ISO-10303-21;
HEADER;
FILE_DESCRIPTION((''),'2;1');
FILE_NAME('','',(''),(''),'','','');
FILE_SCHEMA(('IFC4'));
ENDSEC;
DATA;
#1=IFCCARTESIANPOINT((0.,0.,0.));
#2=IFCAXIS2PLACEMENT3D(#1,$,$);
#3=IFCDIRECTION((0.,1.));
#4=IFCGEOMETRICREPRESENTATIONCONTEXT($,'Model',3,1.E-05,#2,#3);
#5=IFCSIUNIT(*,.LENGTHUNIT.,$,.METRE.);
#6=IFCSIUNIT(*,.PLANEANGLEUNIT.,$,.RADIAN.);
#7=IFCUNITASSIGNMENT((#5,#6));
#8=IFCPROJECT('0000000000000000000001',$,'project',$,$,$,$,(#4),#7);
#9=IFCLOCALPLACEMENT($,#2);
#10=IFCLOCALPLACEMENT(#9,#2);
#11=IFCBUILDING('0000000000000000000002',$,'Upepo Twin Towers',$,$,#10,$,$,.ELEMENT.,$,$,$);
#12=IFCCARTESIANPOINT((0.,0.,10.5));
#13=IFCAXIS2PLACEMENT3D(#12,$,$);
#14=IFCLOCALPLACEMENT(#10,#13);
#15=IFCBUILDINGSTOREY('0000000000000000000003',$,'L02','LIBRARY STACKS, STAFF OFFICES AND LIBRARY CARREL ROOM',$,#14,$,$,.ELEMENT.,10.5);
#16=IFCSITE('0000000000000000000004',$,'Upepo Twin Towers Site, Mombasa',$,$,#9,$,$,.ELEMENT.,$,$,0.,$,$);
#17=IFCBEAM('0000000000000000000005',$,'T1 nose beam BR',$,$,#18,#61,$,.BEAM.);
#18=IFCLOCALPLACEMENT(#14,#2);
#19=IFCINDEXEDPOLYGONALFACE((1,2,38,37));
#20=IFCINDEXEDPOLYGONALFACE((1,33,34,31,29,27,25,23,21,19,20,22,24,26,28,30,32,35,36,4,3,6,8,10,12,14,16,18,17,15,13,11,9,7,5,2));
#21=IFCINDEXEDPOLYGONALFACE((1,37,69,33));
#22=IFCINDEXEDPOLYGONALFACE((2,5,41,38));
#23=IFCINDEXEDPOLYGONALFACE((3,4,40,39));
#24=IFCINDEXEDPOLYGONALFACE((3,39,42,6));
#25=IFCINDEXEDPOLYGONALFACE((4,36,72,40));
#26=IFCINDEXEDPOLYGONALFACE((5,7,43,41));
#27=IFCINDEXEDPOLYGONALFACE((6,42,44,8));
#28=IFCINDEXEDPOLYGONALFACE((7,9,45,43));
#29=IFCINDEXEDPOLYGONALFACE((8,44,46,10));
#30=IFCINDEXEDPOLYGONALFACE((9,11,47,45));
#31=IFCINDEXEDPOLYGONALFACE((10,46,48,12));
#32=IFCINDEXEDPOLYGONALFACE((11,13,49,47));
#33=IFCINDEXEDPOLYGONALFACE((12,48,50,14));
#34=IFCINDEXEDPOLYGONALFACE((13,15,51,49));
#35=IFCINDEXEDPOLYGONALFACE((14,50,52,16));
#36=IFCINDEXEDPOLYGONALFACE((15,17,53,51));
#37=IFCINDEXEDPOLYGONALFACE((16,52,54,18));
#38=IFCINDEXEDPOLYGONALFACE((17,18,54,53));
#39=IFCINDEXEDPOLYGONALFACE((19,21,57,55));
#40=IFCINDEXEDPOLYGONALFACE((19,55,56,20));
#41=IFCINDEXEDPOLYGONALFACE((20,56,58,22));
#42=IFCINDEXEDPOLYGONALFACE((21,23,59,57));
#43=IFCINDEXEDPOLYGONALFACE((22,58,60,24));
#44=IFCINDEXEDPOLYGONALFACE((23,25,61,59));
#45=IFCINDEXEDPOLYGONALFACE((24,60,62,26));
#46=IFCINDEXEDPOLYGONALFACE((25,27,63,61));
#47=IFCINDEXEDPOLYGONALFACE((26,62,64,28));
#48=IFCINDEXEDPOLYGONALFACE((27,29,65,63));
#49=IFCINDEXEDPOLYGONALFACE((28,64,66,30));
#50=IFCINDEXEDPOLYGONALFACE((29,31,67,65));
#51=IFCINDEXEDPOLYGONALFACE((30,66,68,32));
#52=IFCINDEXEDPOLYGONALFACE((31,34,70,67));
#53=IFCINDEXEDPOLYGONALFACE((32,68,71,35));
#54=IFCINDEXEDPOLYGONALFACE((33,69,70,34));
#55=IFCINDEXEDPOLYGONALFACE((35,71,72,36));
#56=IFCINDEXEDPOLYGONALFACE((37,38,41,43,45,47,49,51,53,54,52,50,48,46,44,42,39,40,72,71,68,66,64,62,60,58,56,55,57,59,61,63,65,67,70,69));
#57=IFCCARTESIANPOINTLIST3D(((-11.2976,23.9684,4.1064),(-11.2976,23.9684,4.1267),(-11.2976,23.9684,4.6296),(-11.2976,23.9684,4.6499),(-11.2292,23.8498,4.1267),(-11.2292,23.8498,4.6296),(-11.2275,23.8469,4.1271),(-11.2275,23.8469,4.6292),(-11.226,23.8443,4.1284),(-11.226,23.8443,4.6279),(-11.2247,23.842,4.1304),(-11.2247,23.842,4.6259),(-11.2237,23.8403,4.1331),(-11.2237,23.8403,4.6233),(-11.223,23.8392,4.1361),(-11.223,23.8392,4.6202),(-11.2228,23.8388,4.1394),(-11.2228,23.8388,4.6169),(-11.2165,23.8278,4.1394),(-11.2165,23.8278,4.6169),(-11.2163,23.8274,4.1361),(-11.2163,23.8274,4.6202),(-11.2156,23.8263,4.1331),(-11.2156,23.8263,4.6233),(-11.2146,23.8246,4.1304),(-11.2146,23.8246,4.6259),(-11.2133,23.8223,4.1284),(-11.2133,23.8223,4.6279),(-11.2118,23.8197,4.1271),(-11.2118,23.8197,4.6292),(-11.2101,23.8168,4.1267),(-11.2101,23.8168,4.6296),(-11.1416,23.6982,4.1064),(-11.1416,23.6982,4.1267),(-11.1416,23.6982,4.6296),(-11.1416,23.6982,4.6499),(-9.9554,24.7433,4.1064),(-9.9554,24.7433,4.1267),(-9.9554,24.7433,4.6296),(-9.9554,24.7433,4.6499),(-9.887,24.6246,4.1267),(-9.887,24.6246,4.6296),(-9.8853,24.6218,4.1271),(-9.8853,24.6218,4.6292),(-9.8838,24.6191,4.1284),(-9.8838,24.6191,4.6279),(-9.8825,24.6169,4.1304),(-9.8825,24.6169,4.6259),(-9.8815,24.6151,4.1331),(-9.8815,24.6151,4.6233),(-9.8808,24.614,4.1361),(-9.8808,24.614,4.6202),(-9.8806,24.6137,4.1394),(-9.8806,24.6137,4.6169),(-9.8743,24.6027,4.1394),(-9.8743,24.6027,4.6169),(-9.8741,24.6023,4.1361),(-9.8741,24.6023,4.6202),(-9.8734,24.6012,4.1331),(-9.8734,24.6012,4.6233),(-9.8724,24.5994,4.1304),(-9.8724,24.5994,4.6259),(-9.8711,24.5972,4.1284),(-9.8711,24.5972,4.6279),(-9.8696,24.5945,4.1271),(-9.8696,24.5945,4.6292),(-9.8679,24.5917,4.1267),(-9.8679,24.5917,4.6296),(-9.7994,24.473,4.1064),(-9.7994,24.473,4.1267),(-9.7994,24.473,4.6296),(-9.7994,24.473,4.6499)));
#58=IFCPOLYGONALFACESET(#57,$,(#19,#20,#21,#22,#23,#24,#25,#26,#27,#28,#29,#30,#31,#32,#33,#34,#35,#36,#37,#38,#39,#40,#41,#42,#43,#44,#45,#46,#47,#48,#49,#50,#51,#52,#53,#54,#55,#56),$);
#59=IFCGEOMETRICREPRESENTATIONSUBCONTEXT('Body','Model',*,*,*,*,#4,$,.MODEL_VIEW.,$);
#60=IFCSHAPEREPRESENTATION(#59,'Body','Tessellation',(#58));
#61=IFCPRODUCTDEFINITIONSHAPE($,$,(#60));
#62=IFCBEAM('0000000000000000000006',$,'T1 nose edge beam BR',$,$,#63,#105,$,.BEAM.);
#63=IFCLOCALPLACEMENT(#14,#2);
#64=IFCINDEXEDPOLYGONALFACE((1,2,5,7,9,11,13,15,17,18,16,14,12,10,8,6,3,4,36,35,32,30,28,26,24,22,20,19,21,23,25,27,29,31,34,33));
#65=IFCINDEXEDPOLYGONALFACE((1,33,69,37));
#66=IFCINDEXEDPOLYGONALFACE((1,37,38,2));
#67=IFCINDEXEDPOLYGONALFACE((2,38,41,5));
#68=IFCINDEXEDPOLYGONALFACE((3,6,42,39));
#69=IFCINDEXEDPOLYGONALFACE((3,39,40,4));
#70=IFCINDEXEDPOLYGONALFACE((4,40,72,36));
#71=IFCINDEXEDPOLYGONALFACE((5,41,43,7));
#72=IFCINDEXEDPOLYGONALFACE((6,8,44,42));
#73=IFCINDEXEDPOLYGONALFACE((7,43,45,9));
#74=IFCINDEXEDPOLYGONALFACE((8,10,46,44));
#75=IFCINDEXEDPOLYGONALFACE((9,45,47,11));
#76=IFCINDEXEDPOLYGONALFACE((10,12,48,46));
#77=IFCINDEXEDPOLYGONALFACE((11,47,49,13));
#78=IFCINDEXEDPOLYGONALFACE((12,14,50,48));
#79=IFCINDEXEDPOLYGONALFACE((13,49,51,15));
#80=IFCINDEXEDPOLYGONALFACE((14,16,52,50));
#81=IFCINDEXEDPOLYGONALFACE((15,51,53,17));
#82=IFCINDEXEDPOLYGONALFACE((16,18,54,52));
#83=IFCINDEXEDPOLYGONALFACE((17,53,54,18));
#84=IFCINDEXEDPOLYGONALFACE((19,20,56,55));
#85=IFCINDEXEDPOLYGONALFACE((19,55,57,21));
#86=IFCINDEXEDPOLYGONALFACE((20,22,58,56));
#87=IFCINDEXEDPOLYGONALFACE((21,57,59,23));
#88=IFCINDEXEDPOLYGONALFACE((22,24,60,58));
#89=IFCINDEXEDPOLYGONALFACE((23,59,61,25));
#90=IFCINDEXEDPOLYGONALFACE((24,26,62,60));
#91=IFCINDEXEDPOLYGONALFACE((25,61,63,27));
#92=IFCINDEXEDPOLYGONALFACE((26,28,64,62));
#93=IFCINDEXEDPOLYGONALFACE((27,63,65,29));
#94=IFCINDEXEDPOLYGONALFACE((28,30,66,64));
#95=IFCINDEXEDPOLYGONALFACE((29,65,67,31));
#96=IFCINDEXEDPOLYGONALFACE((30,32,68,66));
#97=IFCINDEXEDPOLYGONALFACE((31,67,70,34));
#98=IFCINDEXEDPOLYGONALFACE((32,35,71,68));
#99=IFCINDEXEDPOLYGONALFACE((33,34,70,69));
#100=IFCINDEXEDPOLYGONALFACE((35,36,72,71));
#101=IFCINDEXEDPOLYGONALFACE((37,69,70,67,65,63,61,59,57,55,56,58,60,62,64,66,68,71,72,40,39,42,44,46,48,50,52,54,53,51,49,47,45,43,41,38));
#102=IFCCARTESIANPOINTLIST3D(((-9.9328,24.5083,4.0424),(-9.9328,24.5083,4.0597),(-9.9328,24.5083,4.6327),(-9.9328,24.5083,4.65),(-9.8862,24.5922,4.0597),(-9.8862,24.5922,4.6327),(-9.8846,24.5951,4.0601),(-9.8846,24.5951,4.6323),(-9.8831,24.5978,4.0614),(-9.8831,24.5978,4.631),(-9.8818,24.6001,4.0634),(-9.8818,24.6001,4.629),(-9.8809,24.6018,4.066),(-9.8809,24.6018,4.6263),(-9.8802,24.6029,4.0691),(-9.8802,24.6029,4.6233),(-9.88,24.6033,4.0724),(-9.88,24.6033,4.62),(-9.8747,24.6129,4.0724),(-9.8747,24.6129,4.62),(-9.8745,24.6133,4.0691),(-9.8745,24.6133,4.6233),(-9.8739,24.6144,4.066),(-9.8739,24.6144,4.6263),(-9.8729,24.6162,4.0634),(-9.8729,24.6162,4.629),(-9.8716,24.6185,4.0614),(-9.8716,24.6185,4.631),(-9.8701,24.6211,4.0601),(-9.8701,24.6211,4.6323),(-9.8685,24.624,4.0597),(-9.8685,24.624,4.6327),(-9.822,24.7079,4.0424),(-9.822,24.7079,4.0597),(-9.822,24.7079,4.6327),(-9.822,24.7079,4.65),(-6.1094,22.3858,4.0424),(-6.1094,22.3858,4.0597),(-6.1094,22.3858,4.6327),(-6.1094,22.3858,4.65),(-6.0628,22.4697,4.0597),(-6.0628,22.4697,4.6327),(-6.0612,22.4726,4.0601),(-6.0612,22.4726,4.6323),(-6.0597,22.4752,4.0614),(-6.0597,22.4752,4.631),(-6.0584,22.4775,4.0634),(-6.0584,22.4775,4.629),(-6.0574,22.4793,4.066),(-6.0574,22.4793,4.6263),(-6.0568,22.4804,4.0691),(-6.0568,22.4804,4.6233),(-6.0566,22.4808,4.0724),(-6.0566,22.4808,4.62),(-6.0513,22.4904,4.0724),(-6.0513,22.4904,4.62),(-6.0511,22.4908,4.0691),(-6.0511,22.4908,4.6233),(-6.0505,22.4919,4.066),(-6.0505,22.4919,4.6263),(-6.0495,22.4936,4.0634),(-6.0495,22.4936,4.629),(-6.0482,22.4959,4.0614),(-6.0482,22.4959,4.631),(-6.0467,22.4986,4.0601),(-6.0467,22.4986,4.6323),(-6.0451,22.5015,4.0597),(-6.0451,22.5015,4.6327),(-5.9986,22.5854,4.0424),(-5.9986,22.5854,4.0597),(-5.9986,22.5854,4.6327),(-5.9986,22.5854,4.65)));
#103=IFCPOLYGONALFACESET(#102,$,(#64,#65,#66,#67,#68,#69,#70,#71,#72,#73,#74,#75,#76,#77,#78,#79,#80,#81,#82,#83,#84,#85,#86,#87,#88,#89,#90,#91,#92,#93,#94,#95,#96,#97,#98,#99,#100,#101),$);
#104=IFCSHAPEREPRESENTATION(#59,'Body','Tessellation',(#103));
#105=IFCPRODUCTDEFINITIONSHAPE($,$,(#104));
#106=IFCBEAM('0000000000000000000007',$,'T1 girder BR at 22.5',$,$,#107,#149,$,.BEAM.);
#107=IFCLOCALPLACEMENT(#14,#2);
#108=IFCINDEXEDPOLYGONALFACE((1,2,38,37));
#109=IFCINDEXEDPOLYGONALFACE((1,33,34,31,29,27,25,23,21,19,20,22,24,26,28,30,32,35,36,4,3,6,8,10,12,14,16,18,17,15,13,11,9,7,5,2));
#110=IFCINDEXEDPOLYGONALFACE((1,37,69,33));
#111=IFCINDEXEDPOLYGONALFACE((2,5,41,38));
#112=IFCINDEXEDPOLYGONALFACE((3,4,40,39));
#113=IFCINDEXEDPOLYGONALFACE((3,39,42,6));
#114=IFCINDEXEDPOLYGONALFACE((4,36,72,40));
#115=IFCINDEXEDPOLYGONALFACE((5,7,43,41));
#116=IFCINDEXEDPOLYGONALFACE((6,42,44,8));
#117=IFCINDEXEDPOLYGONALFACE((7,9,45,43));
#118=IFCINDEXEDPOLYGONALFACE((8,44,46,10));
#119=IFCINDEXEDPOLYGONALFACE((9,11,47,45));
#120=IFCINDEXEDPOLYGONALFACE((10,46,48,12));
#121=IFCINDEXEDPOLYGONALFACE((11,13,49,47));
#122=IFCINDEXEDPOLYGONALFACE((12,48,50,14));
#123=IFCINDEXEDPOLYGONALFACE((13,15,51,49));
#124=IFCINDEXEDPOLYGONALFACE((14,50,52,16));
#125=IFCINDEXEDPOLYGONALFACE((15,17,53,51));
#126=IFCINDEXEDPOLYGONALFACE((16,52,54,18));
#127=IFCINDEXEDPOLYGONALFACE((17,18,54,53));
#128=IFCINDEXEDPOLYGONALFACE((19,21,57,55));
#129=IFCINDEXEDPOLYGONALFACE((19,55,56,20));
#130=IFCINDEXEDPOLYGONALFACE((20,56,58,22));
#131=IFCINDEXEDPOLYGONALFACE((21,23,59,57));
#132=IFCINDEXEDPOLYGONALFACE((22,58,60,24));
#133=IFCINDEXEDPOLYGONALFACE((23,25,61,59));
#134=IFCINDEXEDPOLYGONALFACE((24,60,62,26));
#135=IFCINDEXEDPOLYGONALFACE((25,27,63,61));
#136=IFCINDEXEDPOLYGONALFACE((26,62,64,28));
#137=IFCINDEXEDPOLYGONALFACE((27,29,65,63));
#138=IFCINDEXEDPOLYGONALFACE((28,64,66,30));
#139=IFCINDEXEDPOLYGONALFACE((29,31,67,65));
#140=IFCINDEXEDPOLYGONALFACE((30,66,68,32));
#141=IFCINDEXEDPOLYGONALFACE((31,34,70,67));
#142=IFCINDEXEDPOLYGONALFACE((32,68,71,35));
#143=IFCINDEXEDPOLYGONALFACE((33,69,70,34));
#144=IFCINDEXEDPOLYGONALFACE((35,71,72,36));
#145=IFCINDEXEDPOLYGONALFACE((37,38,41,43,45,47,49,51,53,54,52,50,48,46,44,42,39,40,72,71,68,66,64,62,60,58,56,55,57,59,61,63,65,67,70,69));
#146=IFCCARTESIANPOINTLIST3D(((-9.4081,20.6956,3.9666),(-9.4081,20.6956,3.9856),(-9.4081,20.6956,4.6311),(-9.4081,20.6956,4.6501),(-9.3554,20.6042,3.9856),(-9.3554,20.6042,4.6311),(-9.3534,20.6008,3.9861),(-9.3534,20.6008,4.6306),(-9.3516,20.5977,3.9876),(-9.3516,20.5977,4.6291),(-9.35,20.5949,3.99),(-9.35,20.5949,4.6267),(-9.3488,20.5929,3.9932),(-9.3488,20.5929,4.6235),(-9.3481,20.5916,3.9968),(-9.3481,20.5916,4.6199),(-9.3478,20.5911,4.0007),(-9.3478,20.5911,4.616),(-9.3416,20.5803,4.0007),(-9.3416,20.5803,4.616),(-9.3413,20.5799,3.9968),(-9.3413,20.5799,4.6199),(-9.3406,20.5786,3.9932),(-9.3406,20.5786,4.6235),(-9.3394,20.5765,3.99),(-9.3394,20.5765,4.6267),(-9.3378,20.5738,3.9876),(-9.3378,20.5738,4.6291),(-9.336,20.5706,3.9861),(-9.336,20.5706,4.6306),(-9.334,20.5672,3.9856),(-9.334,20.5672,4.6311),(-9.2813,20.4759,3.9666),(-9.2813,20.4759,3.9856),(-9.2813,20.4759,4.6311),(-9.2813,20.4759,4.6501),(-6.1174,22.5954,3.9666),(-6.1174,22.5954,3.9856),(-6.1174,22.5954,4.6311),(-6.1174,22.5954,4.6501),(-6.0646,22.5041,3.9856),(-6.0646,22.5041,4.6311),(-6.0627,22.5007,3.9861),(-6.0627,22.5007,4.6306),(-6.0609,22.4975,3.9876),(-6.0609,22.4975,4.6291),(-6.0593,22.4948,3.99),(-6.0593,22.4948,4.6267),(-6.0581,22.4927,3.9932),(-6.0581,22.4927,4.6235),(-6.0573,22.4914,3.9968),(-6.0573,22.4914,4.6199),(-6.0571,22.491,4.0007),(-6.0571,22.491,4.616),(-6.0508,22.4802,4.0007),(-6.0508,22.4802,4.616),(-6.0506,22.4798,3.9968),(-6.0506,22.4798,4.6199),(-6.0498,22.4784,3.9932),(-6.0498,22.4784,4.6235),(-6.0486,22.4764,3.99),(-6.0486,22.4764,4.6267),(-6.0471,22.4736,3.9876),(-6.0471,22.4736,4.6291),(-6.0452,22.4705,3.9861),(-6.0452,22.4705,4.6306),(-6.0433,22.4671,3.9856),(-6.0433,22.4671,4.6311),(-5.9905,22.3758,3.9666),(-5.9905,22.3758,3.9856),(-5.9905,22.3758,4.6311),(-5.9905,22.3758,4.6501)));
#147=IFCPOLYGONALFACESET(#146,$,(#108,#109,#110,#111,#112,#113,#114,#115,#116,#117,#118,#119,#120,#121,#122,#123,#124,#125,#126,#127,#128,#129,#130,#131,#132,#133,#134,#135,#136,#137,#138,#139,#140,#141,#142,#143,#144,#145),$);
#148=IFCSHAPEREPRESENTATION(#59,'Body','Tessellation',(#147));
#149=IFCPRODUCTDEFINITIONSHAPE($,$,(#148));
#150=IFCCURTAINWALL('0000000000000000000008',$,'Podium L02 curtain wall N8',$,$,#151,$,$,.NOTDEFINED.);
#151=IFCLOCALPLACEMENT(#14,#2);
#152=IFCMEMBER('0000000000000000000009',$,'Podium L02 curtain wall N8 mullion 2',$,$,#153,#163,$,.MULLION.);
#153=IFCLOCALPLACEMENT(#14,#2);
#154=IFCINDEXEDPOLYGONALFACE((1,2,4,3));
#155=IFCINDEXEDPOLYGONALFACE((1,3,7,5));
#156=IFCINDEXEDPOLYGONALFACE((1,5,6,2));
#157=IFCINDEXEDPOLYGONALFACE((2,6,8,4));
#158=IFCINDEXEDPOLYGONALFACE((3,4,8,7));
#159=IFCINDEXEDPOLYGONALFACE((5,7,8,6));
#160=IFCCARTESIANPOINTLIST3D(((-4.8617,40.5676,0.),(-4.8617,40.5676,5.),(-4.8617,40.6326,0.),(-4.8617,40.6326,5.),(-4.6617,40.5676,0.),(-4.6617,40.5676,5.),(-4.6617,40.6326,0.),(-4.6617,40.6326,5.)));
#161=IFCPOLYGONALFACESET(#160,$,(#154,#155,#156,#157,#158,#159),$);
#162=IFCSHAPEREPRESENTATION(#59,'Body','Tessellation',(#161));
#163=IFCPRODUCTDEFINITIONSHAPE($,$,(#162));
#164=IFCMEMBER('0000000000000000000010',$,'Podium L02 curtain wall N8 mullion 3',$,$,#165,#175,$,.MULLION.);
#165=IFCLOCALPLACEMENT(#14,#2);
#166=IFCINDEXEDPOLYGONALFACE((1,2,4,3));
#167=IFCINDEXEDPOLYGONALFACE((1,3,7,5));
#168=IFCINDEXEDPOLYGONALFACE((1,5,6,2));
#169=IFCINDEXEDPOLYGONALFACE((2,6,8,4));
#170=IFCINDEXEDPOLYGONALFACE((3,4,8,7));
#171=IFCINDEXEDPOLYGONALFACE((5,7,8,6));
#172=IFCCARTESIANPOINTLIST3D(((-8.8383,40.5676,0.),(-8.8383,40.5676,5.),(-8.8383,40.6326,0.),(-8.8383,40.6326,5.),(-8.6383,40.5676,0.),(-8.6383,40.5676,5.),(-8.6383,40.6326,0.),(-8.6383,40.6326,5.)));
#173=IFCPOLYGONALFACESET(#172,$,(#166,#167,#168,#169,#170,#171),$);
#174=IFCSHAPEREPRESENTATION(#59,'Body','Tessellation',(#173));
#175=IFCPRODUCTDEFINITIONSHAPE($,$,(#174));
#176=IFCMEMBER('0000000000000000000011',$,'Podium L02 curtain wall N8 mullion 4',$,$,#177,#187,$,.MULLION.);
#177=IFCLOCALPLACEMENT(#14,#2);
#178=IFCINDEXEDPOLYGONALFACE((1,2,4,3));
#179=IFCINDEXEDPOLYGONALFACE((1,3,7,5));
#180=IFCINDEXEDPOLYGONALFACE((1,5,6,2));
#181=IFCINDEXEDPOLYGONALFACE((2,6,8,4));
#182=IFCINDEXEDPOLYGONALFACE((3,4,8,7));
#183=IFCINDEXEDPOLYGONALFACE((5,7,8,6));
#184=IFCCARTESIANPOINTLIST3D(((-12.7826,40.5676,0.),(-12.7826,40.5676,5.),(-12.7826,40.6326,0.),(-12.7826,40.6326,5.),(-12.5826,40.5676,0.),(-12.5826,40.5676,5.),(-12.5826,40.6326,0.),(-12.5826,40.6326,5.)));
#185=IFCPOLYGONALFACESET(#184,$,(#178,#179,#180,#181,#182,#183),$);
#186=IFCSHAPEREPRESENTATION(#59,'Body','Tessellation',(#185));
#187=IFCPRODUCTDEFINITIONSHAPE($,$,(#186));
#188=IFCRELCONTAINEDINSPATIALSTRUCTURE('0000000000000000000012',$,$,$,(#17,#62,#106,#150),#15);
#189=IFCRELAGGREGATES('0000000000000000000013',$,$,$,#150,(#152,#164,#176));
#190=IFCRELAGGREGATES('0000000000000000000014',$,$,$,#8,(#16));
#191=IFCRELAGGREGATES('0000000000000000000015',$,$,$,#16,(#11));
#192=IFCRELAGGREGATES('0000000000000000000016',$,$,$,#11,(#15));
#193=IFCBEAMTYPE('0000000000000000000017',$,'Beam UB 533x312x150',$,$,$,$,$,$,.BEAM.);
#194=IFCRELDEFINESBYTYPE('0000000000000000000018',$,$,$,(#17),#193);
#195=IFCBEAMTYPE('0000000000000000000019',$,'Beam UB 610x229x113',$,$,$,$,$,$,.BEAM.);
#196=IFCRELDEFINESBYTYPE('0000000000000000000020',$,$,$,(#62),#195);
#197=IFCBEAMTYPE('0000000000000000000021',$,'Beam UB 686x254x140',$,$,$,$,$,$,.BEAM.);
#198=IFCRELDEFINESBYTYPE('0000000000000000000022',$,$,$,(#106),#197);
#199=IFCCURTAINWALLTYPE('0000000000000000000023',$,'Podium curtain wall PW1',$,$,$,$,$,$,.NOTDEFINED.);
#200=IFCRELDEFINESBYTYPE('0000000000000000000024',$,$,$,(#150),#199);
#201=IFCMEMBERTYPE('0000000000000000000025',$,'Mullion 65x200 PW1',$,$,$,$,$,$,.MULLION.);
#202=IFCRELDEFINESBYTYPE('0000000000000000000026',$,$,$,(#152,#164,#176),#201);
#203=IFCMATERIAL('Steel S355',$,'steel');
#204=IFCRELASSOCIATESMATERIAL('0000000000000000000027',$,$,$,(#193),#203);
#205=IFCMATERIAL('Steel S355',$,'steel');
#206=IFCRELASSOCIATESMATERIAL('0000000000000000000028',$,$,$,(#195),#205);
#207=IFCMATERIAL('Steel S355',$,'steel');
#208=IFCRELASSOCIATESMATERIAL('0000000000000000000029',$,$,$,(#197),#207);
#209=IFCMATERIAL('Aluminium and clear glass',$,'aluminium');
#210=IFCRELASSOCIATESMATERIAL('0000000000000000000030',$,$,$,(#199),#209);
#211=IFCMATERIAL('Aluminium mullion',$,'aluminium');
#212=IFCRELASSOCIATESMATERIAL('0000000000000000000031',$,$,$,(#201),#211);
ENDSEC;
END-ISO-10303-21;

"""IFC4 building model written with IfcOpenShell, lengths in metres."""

from ifc_helpers import new_model, si_unit, direction, frame, origin, origin_2d, place, context, subcontext, project, spatial, rectangle, i_section, extrude, material, material_profile, profile_set, type_object, element, aggregate, save


model = new_model("IFC4")

# Units and contexts
model_context = context("Model", 3, precision=1e-05, world=origin(), true_north=direction((0.0, 1.0)))
body_context = subcontext(model_context, "Body", "Model", "MODEL_VIEW")
ifc_project = project(units=[si_unit("LENGTHUNIT", "METRE"), si_unit("PLANEANGLEUNIT", "RADIAN")], contexts=[model_context])

# Site, building, storey
site_placement = place(None, origin())
site = spatial("IfcSite", under=ifc_project, at=site_placement, Name="Upepo Twin Towers Site, Mombasa", CompositionType="ELEMENT", RefElevation=0.0)
building_placement = place(site_placement, origin())
building = spatial("IfcBuilding", under=site, at=building_placement, Name="Upepo Twin Towers", CompositionType="ELEMENT")
storey_placement = place(building_placement, frame((0.0, 0.0, 10.5)))
storey = spatial("IfcBuildingStorey", under=building, at=storey_placement, Name="L02", Description="LIBRARY STACKS, STAFF OFFICES AND LIBRARY CARREL ROOM", CompositionType="ELEMENT", Elevation=10.5)

# Beams
ifc_material_1 = material(Name="Steel S355", Category="steel")
ifc_material_profile_1 = material_profile(ifc_material_1, i_section(OverallWidth=0.312, OverallDepth=0.5435, WebThickness=0.0127, FlangeThickness=0.0203, FilletRadius=0.0127, at=origin_2d()), Name="UB 533x312x150")
ifc_profile_set_1 = profile_set([ifc_material_profile_1], Name="Steel S355")
beam_type_1 = type_object("IfcBeamType", Name="Beam UB 533x312x150", PredefinedType="BEAM", material=ifc_profile_set_1)
beam_1_placement = place(storey_placement, frame((-9.8774, 24.6082, 4.3782), z_axis=(-0.866044, -0.499968, 0.0), x_axis=(0.499968, -0.866044, 0.0)))
element("IfcBeam", 1, at=beam_1_placement, inside=storey, type_object=beam_type_1, Name="T1 nose beam BR", PredefinedType="BEAM", context=body_context, shape_type="SweptSolid", body=[
    extrude(i_section(OverallWidth=0.312, OverallDepth=0.5435, WebThickness=0.0127, FlangeThickness=0.0203, FilletRadius=0.0127, at=origin_2d()), origin(), (0.0, 0.0, 1.0), 1.5498),
])
ifc_material_2 = material(Name="Steel S355", Category="steel")
ifc_material_profile_2 = material_profile(ifc_material_2, i_section(OverallWidth=0.2283, OverallDepth=0.6077, WebThickness=0.011, FlangeThickness=0.0173, FilletRadius=0.0127, at=origin_2d()), Name="UB 610x229x113")
ifc_profile_set_2 = profile_set([ifc_material_profile_2], Name="Steel S355")
beam_type_2 = type_object("IfcBeamType", Name="Beam UB 610x229x113", PredefinedType="BEAM", material=ifc_profile_set_2)
beam_2_placement = place(storey_placement, frame((-6.054, 22.4856, 4.3462), z_axis=(-0.874313, 0.485363, 0.0), x_axis=(-0.485363, -0.874313, 0.0)))
element("IfcBeam", 2, at=beam_2_placement, inside=storey, type_object=beam_type_2, Name="T1 nose edge beam BR", PredefinedType="BEAM", context=body_context, shape_type="SweptSolid", body=[
    extrude(i_section(OverallWidth=0.2283, OverallDepth=0.6077, WebThickness=0.011, FlangeThickness=0.0173, FilletRadius=0.0127, at=origin_2d()), origin(), (0.0, 0.0, 1.0), 4.373),
])
ifc_material_3 = material(Name="Steel S355", Category="steel")
ifc_material_profile_3 = material_profile(ifc_material_3, i_section(OverallWidth=0.2537, OverallDepth=0.6836, WebThickness=0.0125, FlangeThickness=0.019, FilletRadius=0.0151, at=origin_2d()), Name="UB 686x254x140")
ifc_profile_set_3 = profile_set([ifc_material_profile_3], Name="Steel S355")
beam_type_3 = type_object("IfcBeamType", Name="Beam UB 686x254x140", PredefinedType="BEAM", material=ifc_profile_set_3)
beam_3_placement = place(storey_placement, frame((-6.054, 22.4856, 4.3083), z_axis=(-0.866028, -0.499995, 0.0), x_axis=(0.499995, -0.866028, 0.0)))
element("IfcBeam", 3, at=beam_3_placement, inside=storey, type_object=beam_type_3, Name="T1 girder BR at 22.5", PredefinedType="BEAM", context=body_context, shape_type="SweptSolid", body=[
    extrude(i_section(OverallWidth=0.2537, OverallDepth=0.6836, WebThickness=0.0125, FlangeThickness=0.019, FilletRadius=0.0151, at=origin_2d()), origin(), (0.0, 0.0, 1.0), 3.7998),
])

# Curtain wall, members
ifc_material_4 = material(Name="Aluminium and clear glass", Category="aluminium")
curtain_wall_type = type_object("IfcCurtainWallType", Name="Podium curtain wall PW1", PredefinedType="NOTDEFINED", material=ifc_material_4)
curtain_wall_1_placement = place(storey_placement, origin())
curtain_wall_1 = element("IfcCurtainWall", 4, at=curtain_wall_1_placement, inside=storey, type_object=curtain_wall_type, Name="Podium L02 curtain wall N8", PredefinedType="NOTDEFINED")
ifc_material_5 = material(Name="Aluminium mullion", Category="aluminium")
ifc_material_profile_4 = material_profile(ifc_material_5, rectangle(XDim=0.0649, YDim=0.2, at=origin_2d()), Name="MULLION 65x200 PODIUM")
ifc_profile_set_4 = profile_set([ifc_material_profile_4], Name="Aluminium mullion")
member_type_1 = type_object("IfcMemberType", Name="Mullion 65x200 PW1", PredefinedType="MULLION", material=ifc_profile_set_4)
member_1_placement = place(storey_placement, frame((-4.7617, 40.6001, 0.0), z_axis=(0.0, 0.0, 1.0), x_axis=(0.0, -1.0, 0.0)))
member_1 = element("IfcMember", 5, at=member_1_placement, type_object=member_type_1, Name="Podium L02 curtain wall N8 mullion 2", PredefinedType="MULLION", context=body_context, shape_type="SweptSolid", body=[
    extrude(rectangle(XDim=0.0649, YDim=0.2, at=origin_2d()), origin(), (0.0, 0.0, 1.0), 5.0),
])
member_2_placement = place(storey_placement, frame((-8.7383, 40.6001, 0.0), z_axis=(0.0, 0.0, 1.0), x_axis=(0.0, -1.0, 0.0)))
member_2 = element("IfcMember", 6, at=member_2_placement, type_object=member_type_1, Name="Podium L02 curtain wall N8 mullion 3", PredefinedType="MULLION", context=body_context, shape_type="SweptSolid", body=[
    extrude(rectangle(XDim=0.0649, YDim=0.2, at=origin_2d()), origin(), (0.0, 0.0, 1.0), 5.0),
])
member_3_placement = place(storey_placement, frame((-12.6826, 40.6001, 0.0), z_axis=(0.0, 0.0, 1.0), x_axis=(0.0, -1.0, 0.0)))
member_3 = element("IfcMember", 7, at=member_3_placement, type_object=member_type_1, Name="Podium L02 curtain wall N8 mullion 4", PredefinedType="MULLION", context=body_context, shape_type="SweptSolid", body=[
    extrude(rectangle(XDim=0.0649, YDim=0.2, at=origin_2d()), origin(), (0.0, 0.0, 1.0), 5.0),
])

aggregate(curtain_wall_1, [member_1, member_2, member_3])

save(model, "model.ifc")
